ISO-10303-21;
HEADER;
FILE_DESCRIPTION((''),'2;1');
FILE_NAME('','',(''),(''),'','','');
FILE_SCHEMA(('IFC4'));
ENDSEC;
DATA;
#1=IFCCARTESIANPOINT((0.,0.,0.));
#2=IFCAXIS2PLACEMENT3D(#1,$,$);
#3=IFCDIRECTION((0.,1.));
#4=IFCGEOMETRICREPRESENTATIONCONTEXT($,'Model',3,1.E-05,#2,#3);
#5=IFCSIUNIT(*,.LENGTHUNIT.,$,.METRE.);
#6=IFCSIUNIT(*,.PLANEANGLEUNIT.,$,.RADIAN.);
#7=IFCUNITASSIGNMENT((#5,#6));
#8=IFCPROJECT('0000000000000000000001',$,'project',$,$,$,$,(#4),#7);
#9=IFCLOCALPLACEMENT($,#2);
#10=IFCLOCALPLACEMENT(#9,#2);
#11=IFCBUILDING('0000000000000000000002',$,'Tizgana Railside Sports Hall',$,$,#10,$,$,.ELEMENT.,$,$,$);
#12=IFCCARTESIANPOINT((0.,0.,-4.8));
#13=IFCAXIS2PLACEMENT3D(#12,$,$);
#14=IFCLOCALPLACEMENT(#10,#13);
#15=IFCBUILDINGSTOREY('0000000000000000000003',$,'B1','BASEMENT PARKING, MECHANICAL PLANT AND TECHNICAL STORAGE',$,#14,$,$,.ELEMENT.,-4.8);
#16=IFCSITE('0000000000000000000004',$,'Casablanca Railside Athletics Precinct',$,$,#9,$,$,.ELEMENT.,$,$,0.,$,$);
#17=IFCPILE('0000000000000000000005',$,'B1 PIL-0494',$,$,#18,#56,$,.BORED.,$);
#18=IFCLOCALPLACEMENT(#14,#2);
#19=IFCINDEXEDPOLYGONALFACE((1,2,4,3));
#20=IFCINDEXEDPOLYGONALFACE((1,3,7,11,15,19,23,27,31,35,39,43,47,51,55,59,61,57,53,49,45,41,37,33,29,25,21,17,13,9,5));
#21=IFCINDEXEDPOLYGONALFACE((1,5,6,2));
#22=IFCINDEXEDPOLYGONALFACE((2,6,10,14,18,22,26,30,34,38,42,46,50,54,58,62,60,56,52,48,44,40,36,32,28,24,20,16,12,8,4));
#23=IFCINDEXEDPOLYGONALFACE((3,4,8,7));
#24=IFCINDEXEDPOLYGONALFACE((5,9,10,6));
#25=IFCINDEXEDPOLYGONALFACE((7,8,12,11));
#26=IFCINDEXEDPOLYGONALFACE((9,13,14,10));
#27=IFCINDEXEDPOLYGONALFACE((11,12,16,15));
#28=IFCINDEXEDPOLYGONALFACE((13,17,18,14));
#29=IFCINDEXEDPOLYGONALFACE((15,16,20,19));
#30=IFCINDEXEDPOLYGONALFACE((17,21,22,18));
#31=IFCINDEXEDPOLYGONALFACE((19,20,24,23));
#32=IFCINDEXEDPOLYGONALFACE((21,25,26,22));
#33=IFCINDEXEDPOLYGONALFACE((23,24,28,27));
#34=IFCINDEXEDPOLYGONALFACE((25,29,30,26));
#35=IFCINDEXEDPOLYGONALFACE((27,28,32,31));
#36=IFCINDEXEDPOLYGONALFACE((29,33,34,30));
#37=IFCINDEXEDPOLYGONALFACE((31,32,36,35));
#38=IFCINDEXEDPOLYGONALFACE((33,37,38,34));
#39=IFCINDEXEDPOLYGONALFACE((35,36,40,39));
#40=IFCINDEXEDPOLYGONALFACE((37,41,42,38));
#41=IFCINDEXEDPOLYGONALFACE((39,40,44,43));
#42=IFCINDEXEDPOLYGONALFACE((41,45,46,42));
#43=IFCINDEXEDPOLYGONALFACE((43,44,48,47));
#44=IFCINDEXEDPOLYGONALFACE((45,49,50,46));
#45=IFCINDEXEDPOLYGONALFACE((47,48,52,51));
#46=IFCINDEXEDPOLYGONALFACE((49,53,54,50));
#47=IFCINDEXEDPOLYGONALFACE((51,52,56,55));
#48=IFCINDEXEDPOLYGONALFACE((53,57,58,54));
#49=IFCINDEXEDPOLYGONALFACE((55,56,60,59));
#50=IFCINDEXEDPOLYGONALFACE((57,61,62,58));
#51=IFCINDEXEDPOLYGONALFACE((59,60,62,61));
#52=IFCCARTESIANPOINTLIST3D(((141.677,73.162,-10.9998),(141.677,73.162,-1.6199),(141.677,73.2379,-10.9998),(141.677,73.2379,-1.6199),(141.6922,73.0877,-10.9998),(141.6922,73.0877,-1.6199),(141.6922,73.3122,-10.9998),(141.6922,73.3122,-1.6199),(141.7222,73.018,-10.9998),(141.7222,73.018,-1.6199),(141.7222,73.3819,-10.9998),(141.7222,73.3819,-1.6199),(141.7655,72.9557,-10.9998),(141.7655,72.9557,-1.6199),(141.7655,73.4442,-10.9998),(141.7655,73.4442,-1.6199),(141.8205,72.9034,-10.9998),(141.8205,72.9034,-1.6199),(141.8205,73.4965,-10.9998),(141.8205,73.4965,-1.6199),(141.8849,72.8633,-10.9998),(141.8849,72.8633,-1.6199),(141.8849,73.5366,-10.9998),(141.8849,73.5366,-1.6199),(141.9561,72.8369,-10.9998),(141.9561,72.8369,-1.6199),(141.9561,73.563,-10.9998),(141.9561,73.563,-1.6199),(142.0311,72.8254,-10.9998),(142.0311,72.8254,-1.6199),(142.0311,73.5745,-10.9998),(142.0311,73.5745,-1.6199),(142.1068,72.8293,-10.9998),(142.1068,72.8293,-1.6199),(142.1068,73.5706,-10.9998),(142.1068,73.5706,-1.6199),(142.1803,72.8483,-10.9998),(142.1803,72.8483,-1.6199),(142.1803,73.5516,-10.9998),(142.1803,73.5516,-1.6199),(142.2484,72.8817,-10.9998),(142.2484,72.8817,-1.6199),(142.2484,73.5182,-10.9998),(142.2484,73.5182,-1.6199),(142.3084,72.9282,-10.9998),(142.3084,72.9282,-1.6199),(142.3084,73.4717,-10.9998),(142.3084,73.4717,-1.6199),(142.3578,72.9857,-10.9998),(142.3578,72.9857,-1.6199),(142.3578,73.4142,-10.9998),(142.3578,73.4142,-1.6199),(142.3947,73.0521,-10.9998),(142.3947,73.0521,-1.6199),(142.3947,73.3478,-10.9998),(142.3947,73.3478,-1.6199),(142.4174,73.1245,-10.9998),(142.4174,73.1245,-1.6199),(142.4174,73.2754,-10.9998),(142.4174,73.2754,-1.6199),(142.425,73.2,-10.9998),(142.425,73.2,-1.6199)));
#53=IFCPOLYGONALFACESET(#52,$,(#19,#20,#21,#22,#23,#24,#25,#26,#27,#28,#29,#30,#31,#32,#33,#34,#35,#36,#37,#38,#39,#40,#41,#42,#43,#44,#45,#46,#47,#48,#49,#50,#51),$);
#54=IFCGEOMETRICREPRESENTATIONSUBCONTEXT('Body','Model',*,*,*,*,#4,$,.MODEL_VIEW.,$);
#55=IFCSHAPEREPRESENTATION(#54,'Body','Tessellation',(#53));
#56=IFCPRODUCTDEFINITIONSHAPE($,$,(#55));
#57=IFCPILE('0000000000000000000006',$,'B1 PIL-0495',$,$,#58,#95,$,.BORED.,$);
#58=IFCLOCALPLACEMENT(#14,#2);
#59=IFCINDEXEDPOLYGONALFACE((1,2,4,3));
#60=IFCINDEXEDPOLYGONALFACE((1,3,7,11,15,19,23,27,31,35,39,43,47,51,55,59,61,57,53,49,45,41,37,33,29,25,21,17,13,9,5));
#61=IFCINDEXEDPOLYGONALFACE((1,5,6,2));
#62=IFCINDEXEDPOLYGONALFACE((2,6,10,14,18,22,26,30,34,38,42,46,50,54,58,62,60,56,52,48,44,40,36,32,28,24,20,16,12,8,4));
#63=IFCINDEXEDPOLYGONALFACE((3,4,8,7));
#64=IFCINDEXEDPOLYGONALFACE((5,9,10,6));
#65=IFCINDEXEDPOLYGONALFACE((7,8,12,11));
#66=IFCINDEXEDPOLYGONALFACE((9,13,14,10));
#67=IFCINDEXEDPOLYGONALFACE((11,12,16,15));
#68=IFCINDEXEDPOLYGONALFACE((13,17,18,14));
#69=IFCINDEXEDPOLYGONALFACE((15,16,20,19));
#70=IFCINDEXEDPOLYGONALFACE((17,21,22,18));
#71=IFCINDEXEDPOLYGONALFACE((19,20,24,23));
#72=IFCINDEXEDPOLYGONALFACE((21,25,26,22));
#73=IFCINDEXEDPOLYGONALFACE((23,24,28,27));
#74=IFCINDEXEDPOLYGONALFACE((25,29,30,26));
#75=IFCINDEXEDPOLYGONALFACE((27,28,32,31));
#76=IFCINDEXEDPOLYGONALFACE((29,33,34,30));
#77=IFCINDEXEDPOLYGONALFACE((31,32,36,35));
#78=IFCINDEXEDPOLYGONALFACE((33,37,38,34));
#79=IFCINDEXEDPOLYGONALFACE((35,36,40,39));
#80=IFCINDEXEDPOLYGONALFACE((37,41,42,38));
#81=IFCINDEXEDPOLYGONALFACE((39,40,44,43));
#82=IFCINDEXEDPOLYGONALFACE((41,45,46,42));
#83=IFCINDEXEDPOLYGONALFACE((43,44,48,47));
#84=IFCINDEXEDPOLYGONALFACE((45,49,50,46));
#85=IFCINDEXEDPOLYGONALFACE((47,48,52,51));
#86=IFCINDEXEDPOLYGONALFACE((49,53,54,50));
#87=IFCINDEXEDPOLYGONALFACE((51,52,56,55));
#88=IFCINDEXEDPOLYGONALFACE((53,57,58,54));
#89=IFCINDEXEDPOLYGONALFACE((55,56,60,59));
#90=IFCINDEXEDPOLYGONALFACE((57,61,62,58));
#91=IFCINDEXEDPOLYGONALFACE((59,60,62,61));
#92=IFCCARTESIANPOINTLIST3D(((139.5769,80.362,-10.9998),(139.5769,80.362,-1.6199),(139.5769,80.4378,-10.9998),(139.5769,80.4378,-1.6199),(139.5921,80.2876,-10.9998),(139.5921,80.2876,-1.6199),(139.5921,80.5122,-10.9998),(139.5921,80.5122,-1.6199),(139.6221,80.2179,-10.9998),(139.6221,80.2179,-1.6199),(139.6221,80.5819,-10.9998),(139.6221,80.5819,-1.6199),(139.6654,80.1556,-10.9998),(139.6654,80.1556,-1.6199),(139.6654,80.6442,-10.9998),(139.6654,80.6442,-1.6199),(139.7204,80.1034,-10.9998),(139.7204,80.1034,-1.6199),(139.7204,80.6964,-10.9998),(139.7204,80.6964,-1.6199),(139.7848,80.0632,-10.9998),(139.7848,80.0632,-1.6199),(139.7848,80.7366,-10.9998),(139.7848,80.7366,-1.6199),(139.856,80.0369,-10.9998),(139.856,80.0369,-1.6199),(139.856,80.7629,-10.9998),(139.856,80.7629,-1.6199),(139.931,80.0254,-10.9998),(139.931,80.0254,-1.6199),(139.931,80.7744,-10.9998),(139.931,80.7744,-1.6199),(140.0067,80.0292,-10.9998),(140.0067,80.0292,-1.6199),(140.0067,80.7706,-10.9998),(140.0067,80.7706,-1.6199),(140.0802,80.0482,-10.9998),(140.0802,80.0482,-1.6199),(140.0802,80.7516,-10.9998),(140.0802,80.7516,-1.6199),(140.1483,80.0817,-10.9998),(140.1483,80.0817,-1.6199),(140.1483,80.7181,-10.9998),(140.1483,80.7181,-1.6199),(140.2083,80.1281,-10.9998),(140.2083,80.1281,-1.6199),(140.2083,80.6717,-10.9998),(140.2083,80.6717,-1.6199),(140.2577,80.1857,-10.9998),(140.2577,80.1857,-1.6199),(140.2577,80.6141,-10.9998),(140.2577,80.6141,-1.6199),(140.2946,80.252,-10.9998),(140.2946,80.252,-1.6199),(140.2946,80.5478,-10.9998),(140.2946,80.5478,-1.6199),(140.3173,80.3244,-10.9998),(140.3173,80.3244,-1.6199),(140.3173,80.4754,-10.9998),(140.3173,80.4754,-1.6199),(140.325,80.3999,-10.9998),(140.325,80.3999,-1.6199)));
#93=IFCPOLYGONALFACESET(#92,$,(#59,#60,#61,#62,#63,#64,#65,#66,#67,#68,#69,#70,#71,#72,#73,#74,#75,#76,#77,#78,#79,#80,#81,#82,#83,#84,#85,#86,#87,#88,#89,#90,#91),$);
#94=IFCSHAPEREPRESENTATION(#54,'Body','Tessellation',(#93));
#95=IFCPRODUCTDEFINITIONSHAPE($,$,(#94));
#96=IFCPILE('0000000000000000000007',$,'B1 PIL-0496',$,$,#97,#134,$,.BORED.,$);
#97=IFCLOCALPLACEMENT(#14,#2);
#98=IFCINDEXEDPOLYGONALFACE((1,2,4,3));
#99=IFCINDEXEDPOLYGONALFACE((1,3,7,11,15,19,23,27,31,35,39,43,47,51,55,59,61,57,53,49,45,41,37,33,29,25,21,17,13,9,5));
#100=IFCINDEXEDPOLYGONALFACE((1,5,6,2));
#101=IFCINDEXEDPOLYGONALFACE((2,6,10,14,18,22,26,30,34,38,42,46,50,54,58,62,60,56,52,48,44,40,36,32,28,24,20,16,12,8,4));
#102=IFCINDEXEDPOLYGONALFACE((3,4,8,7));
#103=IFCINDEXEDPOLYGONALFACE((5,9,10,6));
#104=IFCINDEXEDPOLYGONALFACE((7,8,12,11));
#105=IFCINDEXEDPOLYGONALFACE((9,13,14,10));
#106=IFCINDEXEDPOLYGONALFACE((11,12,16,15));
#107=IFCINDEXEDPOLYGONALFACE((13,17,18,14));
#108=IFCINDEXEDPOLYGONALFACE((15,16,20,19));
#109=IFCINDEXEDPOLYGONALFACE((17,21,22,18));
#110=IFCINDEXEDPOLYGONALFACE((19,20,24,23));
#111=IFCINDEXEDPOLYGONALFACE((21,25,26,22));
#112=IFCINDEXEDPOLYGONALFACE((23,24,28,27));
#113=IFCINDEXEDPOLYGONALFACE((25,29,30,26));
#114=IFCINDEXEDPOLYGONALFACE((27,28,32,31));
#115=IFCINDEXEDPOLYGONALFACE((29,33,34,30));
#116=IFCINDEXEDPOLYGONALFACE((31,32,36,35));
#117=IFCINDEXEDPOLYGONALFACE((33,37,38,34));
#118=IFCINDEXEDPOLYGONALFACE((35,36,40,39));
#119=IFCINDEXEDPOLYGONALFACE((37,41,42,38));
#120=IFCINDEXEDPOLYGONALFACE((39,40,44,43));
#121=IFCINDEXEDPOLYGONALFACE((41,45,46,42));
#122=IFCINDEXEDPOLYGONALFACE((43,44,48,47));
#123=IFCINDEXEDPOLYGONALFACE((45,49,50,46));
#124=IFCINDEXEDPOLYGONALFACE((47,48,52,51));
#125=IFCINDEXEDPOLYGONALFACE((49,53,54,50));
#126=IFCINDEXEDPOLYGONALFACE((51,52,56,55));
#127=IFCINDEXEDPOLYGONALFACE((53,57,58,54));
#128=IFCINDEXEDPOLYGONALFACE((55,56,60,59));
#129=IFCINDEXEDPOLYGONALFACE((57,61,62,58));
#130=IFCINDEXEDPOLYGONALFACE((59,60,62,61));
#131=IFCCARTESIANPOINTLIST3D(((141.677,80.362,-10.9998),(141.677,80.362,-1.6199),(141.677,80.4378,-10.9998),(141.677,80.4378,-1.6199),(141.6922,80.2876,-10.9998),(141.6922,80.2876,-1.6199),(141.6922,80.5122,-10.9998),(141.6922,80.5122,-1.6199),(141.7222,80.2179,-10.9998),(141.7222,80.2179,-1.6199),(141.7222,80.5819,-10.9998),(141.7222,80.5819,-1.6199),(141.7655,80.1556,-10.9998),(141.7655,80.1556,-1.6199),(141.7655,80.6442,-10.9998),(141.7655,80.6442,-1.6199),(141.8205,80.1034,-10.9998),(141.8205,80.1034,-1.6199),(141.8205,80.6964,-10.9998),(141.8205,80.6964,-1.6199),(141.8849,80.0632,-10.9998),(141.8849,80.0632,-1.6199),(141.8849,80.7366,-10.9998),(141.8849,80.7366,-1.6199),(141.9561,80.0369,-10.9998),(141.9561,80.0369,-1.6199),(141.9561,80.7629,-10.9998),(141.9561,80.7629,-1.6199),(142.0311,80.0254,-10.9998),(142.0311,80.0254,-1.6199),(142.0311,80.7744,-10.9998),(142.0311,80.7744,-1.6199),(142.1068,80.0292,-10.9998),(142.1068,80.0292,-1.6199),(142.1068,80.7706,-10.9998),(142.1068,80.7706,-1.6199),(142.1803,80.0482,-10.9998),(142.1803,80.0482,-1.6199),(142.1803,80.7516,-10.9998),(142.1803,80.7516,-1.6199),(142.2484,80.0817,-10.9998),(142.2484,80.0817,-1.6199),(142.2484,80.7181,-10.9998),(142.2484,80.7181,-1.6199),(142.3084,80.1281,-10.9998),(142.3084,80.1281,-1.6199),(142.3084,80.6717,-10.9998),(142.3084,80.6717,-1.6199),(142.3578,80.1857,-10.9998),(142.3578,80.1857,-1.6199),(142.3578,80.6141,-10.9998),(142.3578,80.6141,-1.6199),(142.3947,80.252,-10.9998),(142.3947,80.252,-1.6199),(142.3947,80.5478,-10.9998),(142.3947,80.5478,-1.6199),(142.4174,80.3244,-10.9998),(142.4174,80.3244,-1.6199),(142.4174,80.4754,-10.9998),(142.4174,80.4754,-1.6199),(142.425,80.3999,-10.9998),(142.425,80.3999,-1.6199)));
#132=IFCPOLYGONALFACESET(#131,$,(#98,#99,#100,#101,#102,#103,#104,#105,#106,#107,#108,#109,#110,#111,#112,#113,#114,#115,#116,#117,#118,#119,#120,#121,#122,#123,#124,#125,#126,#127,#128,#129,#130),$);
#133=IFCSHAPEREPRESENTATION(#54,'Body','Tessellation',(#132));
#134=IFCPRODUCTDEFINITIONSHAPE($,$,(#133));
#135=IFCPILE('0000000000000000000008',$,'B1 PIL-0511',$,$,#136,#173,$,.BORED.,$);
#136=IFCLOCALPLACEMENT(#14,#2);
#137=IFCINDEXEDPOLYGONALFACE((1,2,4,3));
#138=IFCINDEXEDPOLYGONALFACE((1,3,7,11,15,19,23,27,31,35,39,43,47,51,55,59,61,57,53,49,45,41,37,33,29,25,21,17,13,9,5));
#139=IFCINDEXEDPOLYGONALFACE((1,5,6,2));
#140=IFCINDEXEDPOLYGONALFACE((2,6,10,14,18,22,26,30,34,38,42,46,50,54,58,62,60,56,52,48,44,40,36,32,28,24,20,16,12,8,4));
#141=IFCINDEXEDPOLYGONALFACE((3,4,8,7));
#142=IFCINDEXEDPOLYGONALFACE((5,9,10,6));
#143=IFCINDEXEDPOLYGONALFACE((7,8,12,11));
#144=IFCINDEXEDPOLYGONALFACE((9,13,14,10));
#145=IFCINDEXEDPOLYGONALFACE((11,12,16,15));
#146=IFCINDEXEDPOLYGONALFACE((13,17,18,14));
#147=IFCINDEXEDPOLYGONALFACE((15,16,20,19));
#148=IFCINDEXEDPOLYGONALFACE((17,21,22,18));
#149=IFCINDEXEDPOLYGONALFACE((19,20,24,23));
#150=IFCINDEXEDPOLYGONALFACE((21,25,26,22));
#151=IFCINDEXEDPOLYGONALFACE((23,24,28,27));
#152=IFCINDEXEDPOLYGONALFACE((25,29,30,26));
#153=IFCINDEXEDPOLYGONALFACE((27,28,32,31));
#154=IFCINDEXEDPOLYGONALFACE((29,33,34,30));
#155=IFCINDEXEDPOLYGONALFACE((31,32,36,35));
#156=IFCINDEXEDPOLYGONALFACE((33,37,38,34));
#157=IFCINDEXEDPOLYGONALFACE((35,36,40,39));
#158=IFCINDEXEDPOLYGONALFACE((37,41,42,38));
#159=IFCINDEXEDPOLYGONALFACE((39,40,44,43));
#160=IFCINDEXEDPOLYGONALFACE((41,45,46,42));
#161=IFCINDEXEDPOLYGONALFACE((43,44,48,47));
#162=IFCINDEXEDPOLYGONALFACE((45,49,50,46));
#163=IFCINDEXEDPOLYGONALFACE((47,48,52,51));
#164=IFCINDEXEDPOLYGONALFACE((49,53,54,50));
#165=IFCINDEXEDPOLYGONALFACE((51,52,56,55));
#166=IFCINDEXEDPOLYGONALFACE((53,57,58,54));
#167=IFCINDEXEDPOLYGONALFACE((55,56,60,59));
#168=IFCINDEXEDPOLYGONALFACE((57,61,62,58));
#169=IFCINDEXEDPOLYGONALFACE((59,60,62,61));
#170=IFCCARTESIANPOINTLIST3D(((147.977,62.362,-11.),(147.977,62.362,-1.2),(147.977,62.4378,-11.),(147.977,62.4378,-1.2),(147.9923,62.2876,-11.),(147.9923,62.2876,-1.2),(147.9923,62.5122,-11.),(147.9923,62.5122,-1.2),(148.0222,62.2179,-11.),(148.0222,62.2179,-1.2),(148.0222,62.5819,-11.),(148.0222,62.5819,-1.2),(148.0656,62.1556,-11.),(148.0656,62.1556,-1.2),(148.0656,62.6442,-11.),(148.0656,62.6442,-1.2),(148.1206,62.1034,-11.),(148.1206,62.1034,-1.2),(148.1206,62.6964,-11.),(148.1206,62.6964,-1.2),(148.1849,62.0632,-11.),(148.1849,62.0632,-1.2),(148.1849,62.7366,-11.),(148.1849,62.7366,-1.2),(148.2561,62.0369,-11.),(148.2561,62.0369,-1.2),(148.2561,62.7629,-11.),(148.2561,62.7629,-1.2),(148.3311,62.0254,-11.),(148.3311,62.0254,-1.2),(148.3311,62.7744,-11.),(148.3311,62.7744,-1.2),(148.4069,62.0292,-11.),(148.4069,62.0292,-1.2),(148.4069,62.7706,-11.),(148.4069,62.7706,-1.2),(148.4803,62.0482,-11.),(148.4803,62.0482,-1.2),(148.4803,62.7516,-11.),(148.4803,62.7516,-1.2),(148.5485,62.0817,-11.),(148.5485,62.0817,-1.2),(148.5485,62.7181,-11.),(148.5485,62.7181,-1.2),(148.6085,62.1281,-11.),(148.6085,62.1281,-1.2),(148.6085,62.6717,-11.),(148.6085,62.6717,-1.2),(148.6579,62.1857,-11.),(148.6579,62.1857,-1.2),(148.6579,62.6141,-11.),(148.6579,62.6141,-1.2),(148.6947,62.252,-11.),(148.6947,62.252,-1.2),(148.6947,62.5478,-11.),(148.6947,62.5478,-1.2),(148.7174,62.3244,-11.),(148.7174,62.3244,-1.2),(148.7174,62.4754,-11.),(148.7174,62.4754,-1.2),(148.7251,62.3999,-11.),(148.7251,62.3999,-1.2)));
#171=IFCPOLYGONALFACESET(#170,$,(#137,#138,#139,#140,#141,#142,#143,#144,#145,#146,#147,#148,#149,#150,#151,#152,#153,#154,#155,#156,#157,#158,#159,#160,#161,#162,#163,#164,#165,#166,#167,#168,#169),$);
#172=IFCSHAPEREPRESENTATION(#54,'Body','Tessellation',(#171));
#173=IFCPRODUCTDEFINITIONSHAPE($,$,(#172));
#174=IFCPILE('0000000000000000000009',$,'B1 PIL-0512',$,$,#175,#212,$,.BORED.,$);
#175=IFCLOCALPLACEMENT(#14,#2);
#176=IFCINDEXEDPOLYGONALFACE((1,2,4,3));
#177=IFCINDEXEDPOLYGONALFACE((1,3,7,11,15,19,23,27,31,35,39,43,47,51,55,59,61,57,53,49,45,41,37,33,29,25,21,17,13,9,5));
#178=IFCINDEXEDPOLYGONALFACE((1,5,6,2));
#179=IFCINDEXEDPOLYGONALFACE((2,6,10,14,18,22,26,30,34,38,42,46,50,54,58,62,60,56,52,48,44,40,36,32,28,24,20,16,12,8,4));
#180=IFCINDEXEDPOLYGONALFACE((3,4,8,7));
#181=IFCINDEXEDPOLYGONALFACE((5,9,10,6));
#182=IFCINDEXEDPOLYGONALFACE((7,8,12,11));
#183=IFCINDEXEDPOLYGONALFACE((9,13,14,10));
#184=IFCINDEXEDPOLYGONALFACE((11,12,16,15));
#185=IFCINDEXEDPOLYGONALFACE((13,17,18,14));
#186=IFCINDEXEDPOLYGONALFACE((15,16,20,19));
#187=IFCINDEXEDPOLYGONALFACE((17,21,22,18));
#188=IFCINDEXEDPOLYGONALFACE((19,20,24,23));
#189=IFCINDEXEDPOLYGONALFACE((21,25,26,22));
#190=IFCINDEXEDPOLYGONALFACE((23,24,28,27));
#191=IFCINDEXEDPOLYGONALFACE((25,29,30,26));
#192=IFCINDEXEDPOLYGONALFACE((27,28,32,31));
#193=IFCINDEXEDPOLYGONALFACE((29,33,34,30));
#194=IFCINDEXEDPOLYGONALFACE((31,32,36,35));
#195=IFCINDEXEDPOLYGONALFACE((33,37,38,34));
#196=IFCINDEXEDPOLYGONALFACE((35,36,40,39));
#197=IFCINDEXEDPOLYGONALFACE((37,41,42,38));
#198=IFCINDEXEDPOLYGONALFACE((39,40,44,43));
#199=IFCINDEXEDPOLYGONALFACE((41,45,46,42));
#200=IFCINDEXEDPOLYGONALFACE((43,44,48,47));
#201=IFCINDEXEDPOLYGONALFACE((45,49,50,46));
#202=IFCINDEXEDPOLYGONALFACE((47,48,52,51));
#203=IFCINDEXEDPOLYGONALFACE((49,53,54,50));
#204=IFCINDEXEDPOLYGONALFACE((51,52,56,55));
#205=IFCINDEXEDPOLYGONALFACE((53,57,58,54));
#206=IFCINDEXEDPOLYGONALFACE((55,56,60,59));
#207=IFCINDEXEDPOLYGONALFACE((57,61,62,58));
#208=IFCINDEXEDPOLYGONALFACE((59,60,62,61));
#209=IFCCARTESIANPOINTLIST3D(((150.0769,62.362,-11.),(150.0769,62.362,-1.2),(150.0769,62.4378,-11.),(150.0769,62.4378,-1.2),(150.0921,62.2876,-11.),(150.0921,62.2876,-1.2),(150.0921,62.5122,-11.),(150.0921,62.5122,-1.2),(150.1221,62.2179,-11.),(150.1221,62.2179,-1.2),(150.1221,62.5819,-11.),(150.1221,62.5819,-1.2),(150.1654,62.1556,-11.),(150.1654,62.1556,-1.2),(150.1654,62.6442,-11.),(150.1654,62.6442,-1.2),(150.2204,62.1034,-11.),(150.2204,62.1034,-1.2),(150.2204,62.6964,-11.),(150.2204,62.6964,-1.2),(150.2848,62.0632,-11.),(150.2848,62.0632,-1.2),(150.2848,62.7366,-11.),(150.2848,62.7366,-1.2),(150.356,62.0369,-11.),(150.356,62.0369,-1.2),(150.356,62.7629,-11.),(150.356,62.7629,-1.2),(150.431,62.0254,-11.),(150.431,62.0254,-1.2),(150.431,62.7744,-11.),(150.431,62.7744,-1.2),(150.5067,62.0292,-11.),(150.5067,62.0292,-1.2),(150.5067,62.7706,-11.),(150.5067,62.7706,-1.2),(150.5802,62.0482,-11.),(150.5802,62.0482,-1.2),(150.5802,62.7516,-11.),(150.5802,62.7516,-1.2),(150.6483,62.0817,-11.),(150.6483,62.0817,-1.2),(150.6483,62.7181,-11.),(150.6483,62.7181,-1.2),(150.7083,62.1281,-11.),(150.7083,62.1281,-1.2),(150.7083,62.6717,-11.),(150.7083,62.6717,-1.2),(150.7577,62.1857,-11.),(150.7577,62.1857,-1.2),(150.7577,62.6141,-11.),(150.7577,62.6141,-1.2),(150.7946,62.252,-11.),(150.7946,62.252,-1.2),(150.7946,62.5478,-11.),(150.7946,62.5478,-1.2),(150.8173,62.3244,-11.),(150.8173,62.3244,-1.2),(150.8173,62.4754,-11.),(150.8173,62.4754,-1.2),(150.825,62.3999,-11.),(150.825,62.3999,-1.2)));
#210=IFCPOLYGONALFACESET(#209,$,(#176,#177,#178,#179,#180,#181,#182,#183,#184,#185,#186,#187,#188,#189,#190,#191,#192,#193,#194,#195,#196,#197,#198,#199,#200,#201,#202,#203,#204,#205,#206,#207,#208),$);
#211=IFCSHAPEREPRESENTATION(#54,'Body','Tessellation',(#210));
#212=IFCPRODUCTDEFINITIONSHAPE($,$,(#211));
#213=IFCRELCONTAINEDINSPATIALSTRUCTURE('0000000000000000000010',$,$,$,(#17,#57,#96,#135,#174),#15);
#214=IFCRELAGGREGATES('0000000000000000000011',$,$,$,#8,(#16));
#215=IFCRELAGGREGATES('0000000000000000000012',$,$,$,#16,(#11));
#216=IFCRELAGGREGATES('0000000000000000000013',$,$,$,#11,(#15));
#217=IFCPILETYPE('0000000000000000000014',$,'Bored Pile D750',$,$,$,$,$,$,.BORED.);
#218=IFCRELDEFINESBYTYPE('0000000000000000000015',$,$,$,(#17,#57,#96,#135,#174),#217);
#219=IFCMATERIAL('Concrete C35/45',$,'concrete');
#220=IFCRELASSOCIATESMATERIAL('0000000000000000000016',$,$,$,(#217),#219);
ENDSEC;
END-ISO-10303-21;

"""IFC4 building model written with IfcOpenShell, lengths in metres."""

from ifc_helpers import new_model, si_unit, direction, frame, origin, origin_2d, place, context, subcontext, project, spatial, circle, extrude, material, material_profile, profile_set, type_object, element, save


model = new_model("IFC4")

# Units and contexts
model_context = context("Model", 3, precision=1e-05, world=origin(), true_north=direction((0.0, 1.0)))
body_context = subcontext(model_context, "Body", "Model", "MODEL_VIEW")
ifc_project = project(units=[si_unit("LENGTHUNIT", "METRE"), si_unit("PLANEANGLEUNIT", "RADIAN")], contexts=[model_context])

# Site, building, storey
site_placement = place(None, origin())
site = spatial("IfcSite", under=ifc_project, at=site_placement, Name="Casablanca Railside Athletics Precinct", CompositionType="ELEMENT", RefElevation=0.0)
building_placement = place(site_placement, origin())
building = spatial("IfcBuilding", under=site, at=building_placement, Name="Tizgana Railside Sports Hall", CompositionType="ELEMENT")
storey_placement = place(building_placement, frame((0.0, 0.0, -4.8)))
storey = spatial("IfcBuildingStorey", under=building, at=storey_placement, Name="B1", Description="BASEMENT PARKING, MECHANICAL PLANT AND TECHNICAL STORAGE", CompositionType="ELEMENT", Elevation=-4.8)

# Piles
ifc_material_1 = material(Name="Concrete C35/45", Category="concrete")
ifc_material_profile_1 = material_profile(ifc_material_1, circle(Radius=0.375, at=origin_2d()), Name="PILE D750")
ifc_profile_set_1 = profile_set([ifc_material_profile_1], Name="Concrete C35/45")
pile_type = type_object("IfcPileType", Name="Bored Pile D750", PredefinedType="BORED", material=ifc_profile_set_1)
for number, where, z_axis, x_axis, name in (
    (1, (142.05, 73.2, -1.6199), (0.0, 0.0, -1.0), (1.0, 0.0, 0.0), "B1 PIL-0494"),
    (2, (139.95, 80.3999, -1.6199), (0.0, 0.0, -1.0), (1.0, 0.0, 0.0), "B1 PIL-0495"),
    (3, (142.05, 80.3999, -1.6199), (0.0, 0.0, -1.0), (1.0, 0.0, 0.0), "B1 PIL-0496"),
):
    element("IfcPile", number, at=place(storey_placement, frame(where, z_axis=z_axis, x_axis=x_axis)), inside=storey, type_object=pile_type, Name=name, PredefinedType="BORED", context=body_context, shape_type="SweptSolid", body=[
        extrude(circle(Radius=0.375, at=origin_2d()), origin(), (0.0, 0.0, 1.0), 9.3799),
    ])
for number, where, z_axis, x_axis, name in (
    (4, (148.3501, 62.3999, -1.2), (0.0, 0.0, -1.0), (1.0, 0.0, 0.0), "B1 PIL-0511"),
    (5, (150.45, 62.3999, -1.2), (0.0, 0.0, -1.0), (1.0, 0.0, 0.0), "B1 PIL-0512"),
):
    element("IfcPile", number, at=place(storey_placement, frame(where, z_axis=z_axis, x_axis=x_axis)), inside=storey, type_object=pile_type, Name=name, PredefinedType="BORED", context=body_context, shape_type="SweptSolid", body=[
        extrude(circle(Radius=0.375, at=origin_2d()), origin(), (0.0, 0.0, 1.0), 9.8),
    ])

save(model, "model.ifc")
